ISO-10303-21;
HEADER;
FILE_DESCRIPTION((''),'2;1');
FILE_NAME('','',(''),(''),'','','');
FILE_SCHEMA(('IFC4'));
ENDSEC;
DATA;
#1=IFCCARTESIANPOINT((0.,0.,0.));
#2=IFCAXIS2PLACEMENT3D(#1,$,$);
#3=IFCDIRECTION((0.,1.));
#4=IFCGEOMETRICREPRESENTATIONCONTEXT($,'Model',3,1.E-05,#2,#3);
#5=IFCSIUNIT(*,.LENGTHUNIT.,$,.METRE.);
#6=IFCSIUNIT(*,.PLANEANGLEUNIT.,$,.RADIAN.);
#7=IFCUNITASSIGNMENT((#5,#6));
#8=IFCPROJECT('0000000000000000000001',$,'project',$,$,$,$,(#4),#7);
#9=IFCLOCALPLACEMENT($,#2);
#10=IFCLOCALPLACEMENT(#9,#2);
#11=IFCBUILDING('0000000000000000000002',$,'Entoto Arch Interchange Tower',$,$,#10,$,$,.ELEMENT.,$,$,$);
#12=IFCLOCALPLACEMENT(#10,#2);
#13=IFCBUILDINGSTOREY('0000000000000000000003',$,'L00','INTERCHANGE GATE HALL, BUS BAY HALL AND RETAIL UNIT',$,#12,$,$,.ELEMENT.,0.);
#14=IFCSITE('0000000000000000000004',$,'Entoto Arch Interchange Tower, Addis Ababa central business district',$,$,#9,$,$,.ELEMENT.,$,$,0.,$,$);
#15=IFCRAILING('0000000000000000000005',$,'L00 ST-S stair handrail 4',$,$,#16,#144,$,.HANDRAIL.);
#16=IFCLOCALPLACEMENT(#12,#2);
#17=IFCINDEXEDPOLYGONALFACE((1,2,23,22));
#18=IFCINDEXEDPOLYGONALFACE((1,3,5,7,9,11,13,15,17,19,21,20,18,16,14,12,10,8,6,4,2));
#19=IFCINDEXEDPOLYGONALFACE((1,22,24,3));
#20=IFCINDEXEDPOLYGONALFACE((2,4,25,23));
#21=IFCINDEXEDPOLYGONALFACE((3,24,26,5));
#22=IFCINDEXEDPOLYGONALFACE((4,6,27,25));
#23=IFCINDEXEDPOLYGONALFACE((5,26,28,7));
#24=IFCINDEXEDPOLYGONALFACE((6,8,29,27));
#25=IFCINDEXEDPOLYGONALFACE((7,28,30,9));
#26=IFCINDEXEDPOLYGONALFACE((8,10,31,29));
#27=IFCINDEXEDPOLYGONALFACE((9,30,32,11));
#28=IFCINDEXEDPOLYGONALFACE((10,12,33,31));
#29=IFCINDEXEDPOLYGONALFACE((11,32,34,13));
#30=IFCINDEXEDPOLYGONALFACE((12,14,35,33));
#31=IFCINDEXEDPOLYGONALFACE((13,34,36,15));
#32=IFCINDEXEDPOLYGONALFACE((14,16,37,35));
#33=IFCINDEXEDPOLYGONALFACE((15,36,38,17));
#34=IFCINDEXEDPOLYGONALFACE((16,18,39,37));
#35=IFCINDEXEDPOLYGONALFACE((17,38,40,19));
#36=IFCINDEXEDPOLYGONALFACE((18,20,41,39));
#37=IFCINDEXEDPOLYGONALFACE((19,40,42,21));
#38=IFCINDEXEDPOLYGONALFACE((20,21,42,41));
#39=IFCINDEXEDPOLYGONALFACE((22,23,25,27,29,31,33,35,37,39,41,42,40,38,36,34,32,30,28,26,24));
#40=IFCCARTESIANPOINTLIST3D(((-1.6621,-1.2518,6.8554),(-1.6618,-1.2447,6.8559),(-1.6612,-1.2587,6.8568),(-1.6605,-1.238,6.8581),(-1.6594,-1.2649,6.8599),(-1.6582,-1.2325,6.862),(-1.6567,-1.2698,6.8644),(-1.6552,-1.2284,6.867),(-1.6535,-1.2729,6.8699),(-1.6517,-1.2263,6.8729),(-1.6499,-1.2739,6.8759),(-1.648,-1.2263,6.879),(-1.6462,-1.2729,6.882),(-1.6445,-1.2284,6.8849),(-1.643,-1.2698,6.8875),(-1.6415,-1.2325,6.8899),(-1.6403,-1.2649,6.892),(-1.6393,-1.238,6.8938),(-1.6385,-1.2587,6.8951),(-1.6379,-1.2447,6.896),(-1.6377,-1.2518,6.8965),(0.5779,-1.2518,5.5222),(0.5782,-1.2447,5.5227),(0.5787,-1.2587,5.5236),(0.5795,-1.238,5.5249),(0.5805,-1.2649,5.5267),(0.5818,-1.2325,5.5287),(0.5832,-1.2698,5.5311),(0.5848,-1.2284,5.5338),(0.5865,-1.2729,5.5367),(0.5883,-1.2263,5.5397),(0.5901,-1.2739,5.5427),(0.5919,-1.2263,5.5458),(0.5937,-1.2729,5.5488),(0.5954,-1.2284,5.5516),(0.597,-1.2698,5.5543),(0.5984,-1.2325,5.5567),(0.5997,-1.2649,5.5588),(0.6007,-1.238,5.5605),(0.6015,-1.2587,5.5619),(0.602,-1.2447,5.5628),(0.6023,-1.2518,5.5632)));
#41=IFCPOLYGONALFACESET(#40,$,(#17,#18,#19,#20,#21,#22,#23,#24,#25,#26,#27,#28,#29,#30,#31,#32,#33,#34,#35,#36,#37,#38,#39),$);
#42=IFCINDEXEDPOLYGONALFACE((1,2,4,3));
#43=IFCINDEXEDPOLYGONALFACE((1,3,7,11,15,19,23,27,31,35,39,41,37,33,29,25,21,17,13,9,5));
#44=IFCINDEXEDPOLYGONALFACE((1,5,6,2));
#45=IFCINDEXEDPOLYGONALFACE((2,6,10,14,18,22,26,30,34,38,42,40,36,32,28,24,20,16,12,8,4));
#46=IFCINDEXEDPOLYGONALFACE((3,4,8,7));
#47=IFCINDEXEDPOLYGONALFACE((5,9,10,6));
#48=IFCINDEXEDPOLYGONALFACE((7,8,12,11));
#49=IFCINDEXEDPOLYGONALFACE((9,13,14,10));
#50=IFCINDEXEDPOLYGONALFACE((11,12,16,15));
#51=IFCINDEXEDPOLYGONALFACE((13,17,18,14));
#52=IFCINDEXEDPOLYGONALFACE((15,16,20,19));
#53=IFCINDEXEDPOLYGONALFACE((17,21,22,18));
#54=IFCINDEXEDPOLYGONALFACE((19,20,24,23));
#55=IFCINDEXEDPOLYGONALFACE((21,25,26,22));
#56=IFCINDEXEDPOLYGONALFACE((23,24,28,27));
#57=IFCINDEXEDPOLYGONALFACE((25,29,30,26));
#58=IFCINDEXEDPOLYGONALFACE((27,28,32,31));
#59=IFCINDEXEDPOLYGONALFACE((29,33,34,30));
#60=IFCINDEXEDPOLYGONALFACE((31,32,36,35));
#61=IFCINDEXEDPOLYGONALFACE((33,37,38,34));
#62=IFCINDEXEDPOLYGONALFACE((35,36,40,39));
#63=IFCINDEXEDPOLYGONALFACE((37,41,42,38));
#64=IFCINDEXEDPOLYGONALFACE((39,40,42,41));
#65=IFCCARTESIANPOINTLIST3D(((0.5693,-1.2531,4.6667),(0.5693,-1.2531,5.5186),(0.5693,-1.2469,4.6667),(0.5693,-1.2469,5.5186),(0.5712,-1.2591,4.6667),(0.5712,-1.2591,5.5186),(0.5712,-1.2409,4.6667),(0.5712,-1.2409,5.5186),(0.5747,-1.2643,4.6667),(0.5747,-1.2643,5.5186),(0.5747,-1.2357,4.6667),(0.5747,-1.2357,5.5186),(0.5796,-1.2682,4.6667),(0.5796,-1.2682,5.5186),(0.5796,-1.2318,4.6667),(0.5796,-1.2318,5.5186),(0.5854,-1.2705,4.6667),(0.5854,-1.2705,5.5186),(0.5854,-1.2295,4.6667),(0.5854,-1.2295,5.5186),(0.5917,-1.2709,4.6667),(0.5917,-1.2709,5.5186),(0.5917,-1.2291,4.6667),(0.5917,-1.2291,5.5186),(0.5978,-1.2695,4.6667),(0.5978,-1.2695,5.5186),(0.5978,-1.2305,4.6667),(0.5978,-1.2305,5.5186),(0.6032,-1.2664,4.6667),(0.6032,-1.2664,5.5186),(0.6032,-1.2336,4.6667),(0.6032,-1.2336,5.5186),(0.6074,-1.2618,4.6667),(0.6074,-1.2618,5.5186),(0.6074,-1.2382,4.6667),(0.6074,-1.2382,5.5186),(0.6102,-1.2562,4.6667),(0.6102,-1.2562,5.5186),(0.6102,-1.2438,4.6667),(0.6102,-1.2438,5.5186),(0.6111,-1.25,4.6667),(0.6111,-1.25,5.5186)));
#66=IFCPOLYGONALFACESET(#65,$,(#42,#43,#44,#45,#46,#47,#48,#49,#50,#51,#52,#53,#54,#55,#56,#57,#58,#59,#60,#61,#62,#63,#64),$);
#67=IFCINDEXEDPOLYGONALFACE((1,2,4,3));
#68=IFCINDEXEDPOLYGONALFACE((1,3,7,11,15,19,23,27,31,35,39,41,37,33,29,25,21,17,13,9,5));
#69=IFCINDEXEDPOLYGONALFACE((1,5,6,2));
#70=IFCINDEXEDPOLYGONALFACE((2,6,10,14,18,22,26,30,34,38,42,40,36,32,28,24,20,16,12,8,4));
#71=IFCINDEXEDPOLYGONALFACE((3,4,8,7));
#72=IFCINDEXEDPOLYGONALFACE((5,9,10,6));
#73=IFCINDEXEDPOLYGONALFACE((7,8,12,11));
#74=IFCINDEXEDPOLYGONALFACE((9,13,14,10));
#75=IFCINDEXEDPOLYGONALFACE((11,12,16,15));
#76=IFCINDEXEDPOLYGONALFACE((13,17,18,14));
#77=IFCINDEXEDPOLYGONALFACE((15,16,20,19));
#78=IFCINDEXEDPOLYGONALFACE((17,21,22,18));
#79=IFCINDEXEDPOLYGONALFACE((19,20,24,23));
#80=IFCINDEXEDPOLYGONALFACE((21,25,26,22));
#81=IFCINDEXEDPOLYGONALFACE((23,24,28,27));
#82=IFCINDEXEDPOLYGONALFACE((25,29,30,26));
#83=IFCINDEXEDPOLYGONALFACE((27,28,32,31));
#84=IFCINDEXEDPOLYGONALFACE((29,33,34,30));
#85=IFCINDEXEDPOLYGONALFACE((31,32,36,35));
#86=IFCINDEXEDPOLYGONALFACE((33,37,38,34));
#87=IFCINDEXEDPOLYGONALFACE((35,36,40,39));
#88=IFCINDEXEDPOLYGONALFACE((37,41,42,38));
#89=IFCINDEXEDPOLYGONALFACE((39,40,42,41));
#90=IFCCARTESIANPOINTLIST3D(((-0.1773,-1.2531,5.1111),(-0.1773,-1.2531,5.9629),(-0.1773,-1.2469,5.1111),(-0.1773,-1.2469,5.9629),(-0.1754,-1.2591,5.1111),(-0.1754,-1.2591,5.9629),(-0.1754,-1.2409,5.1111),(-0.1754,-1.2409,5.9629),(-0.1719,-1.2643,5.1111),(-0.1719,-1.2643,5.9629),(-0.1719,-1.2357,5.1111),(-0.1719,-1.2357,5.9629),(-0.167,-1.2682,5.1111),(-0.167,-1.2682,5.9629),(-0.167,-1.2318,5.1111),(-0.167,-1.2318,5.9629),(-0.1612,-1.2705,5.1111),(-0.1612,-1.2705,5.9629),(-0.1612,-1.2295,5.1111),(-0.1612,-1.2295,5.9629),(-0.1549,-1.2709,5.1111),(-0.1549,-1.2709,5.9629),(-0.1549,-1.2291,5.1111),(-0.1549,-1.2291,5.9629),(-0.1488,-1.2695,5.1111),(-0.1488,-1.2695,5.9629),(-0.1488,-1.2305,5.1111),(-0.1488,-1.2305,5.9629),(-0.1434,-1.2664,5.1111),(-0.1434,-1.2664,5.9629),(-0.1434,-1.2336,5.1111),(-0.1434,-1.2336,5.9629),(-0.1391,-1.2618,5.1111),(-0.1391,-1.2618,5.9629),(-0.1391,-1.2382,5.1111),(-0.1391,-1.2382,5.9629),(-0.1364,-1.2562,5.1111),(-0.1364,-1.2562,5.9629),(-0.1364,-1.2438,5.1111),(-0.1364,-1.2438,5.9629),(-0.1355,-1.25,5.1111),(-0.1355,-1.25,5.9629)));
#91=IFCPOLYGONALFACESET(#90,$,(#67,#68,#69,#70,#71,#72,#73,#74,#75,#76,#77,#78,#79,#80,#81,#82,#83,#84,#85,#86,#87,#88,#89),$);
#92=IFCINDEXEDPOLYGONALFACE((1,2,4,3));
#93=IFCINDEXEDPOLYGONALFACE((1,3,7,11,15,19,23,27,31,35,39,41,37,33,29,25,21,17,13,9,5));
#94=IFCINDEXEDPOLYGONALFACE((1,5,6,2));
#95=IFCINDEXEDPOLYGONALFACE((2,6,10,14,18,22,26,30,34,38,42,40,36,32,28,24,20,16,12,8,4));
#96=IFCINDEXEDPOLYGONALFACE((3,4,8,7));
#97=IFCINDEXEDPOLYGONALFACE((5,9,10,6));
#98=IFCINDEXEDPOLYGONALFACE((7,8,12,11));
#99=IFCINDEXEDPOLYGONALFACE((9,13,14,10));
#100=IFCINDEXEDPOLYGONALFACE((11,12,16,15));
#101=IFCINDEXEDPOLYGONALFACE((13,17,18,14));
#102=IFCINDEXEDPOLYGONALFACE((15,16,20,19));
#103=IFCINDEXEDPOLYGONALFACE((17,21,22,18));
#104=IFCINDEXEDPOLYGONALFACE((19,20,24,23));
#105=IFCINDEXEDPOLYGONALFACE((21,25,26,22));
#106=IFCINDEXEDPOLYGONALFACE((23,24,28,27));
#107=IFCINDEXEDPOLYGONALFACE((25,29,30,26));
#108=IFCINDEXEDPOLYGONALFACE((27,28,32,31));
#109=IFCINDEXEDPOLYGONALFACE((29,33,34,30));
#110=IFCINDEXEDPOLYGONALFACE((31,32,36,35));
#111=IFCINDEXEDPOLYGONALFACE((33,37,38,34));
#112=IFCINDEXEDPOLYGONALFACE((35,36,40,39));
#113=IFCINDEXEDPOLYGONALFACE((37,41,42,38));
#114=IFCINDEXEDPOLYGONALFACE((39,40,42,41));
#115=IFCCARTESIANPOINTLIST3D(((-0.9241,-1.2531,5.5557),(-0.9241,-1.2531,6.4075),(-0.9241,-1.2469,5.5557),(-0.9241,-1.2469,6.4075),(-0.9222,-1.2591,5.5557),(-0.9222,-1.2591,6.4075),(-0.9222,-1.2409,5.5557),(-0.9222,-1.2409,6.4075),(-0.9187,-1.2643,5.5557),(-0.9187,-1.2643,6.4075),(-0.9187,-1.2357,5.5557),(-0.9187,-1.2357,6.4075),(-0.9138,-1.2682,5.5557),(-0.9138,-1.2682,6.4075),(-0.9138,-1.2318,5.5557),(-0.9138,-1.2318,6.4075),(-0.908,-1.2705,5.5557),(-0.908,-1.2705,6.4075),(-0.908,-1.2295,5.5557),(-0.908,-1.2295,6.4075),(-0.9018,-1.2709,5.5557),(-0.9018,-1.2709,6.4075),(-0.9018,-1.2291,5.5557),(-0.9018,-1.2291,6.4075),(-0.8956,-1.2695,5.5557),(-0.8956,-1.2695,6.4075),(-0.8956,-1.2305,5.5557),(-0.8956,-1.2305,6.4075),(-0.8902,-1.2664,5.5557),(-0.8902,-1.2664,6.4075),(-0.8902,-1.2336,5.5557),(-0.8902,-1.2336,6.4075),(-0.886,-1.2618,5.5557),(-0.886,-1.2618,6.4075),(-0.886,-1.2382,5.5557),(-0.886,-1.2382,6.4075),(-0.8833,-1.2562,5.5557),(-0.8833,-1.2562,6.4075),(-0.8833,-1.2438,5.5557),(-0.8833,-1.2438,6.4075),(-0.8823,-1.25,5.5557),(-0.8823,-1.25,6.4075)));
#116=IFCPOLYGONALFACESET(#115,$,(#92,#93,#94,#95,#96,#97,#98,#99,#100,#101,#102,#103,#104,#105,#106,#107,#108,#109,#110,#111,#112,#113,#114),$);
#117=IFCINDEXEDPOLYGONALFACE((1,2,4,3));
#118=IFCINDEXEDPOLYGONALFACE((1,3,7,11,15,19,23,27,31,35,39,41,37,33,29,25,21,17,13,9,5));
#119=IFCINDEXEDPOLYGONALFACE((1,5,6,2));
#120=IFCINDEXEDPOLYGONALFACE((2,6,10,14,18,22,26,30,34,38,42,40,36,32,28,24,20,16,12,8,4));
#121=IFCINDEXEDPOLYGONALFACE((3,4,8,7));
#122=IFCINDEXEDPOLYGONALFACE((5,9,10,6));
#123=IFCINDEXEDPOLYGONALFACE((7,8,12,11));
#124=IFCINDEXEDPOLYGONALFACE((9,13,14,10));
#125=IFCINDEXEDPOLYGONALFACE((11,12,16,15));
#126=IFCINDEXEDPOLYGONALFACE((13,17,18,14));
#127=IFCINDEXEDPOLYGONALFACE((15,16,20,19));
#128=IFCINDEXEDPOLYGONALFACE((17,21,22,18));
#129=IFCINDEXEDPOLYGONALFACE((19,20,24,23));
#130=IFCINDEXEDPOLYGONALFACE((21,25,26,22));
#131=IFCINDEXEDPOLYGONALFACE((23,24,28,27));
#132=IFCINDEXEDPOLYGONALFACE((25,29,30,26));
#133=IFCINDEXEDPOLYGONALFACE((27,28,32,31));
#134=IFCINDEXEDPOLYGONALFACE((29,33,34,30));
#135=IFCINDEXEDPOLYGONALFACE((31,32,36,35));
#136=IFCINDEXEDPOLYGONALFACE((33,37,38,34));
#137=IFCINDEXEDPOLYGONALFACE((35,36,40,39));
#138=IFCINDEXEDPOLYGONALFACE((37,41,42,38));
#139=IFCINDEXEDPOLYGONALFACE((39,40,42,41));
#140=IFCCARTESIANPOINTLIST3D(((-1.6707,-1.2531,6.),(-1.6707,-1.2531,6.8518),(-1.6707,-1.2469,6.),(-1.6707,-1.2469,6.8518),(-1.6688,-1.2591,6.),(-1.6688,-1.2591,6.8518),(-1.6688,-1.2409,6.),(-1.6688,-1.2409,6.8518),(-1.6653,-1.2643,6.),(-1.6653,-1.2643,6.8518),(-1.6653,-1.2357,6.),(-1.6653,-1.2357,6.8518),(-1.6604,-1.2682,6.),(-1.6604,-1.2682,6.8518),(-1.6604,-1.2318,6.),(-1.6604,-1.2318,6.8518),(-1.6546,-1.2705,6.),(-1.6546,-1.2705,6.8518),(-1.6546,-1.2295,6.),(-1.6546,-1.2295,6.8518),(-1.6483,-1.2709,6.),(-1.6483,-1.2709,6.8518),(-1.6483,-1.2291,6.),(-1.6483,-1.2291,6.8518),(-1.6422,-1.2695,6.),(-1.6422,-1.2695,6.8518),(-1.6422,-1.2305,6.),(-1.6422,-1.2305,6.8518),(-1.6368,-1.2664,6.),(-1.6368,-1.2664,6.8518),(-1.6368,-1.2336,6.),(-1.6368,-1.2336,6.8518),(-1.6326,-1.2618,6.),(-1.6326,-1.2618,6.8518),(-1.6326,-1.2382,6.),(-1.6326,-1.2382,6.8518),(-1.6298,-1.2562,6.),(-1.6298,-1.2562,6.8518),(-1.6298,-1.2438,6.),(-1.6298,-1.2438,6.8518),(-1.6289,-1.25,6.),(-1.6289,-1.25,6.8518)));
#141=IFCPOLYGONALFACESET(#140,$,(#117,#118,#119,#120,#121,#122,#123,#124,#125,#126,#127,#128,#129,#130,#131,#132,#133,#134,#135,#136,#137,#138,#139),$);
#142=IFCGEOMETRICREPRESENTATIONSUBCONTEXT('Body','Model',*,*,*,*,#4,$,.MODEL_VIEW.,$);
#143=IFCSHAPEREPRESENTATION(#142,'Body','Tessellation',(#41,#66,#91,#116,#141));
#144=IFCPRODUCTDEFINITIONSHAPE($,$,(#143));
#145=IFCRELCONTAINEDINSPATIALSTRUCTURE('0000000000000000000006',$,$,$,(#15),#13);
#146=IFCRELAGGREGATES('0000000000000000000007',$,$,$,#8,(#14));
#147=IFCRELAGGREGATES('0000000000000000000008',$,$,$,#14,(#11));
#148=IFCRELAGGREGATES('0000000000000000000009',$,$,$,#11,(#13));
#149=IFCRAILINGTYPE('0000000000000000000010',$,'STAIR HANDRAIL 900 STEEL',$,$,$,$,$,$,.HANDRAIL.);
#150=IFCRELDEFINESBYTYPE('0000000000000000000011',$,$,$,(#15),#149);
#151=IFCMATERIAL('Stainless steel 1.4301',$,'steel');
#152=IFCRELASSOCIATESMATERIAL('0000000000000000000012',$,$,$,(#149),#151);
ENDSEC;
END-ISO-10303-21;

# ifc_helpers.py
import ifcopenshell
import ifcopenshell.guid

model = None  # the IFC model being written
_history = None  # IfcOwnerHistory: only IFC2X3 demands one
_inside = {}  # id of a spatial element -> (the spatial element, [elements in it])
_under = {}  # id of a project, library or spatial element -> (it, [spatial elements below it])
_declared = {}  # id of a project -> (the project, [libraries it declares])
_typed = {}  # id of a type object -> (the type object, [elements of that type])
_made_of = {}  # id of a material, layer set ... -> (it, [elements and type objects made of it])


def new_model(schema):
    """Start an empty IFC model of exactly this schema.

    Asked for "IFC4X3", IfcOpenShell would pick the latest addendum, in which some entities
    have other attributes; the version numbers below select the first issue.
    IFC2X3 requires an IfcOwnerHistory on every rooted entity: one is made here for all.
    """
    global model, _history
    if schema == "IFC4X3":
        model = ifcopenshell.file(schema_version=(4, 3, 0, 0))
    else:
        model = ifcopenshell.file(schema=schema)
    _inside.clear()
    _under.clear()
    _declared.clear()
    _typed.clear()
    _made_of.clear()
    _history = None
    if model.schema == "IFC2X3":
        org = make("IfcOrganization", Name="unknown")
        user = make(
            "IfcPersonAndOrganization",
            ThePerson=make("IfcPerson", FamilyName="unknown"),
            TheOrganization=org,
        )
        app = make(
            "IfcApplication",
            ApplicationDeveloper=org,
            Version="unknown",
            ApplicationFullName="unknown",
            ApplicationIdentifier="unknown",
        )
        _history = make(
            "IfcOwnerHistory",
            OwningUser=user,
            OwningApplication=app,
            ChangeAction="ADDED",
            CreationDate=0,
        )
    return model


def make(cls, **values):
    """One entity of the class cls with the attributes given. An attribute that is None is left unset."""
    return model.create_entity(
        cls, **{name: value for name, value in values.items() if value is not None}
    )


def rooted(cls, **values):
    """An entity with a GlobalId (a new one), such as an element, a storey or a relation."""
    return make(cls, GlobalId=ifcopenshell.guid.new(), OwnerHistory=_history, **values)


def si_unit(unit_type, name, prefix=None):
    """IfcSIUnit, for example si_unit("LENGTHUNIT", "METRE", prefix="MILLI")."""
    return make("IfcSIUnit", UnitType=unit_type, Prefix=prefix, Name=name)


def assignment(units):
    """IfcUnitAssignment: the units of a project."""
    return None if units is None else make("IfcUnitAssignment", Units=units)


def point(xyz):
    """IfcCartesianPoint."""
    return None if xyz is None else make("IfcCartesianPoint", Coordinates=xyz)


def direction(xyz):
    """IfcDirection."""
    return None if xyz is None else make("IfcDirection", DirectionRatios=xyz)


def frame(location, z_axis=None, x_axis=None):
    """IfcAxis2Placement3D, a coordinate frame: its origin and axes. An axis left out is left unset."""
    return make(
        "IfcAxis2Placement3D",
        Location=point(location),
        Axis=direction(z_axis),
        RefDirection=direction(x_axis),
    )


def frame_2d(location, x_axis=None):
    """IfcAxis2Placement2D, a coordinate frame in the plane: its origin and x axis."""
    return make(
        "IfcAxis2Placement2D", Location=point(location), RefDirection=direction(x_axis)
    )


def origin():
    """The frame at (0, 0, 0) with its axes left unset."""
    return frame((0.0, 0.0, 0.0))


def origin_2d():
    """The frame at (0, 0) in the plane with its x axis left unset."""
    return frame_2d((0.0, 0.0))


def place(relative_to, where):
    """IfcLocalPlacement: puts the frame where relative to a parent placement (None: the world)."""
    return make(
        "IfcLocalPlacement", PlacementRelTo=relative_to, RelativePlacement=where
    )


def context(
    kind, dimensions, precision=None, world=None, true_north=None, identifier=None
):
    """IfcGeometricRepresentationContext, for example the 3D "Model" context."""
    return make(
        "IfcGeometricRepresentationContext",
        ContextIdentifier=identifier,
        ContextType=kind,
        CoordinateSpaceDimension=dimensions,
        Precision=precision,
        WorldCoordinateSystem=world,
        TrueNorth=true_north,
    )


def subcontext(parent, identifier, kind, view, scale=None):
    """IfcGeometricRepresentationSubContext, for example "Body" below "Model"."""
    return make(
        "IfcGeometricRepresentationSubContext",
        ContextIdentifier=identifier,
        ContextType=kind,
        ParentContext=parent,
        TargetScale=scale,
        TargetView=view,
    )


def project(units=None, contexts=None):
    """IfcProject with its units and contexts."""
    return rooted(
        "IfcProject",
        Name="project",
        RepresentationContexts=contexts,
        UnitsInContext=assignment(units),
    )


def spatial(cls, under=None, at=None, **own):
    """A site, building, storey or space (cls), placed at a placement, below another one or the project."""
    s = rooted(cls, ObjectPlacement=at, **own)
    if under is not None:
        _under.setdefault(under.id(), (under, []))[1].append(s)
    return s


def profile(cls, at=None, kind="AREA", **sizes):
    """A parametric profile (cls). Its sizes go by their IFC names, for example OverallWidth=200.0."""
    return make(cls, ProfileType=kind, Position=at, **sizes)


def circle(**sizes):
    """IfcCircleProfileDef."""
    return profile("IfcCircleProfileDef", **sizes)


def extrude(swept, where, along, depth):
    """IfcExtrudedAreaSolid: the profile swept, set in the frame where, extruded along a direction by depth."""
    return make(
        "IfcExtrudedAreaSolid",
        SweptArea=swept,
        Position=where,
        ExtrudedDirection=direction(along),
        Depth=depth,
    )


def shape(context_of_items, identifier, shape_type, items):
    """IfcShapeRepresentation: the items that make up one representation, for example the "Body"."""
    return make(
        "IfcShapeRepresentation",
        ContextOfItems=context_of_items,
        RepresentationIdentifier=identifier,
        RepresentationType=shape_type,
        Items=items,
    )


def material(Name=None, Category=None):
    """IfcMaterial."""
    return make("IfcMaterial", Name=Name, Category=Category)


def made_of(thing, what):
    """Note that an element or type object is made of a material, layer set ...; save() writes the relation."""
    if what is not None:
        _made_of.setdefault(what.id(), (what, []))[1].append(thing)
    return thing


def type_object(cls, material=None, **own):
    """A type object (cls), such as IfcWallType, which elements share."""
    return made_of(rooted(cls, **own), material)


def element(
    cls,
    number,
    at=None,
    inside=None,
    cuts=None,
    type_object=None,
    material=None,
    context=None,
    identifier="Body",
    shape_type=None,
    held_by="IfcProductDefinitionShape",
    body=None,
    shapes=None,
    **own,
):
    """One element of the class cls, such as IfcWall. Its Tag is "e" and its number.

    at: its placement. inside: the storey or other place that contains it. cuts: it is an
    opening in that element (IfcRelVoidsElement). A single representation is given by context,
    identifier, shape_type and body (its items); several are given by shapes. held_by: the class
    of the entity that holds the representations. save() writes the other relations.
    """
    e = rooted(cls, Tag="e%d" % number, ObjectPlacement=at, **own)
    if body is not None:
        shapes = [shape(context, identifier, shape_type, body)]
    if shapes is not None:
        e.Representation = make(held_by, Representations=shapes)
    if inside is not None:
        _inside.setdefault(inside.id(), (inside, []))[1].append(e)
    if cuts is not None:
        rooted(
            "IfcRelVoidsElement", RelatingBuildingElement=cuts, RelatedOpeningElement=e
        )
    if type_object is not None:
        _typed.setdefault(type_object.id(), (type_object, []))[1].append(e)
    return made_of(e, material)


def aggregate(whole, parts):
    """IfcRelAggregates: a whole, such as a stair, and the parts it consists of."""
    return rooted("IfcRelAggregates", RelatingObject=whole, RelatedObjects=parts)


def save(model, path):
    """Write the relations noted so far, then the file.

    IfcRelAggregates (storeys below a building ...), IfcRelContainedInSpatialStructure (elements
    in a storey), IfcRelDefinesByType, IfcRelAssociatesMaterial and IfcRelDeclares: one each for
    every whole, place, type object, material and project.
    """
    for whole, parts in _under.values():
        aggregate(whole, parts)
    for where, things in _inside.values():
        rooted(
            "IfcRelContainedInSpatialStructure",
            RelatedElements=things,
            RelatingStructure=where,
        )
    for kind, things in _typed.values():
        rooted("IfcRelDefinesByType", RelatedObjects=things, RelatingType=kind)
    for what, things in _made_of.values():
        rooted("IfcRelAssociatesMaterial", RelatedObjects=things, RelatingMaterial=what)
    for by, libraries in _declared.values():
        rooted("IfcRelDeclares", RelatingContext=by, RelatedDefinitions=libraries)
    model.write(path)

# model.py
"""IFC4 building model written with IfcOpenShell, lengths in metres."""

from ifc_helpers import new_model, si_unit, direction, frame, origin, origin_2d, place, context, subcontext, project, spatial, circle, extrude, material, type_object, element, save


model = new_model("IFC4")

# Units and contexts
model_context = context("Model", 3, precision=1e-05, world=origin(), true_north=direction((0.0, 1.0)))
body_context = subcontext(model_context, "Body", "Model", "MODEL_VIEW")
ifc_project = project(units=[si_unit("LENGTHUNIT", "METRE"), si_unit("PLANEANGLEUNIT", "RADIAN")], contexts=[model_context])

# Site, building, storey
site_placement = place(None, origin())
site = spatial("IfcSite", under=ifc_project, at=site_placement, Name="Entoto Arch Interchange Tower, Addis Ababa central business district", CompositionType="ELEMENT", RefElevation=0.0)
building_placement = place(site_placement, origin())
building = spatial("IfcBuilding", under=site, at=building_placement, Name="Entoto Arch Interchange Tower", CompositionType="ELEMENT")
storey_placement = place(building_placement, origin())
storey = spatial("IfcBuildingStorey", under=building, at=storey_placement, Name="L00", Description="INTERCHANGE GATE HALL, BUS BAY HALL AND RETAIL UNIT", CompositionType="ELEMENT", Elevation=0.0)

# Railing
ifc_material_1 = material(Name="Stainless steel 1.4301", Category="steel")
railing_type_1 = type_object("IfcRailingType", Name="STAIR HANDRAIL 900 STEEL", PredefinedType="HANDRAIL", material=ifc_material_1)
for number, where, name in (
    (1, (0.5901, -1.25, 4.6667), "L00 ST-S stair handrail 4"),
):
    element("IfcRailing", number, at=place(storey_placement, frame(where)), inside=storey, type_object=railing_type_1, Name=name, PredefinedType="HANDRAIL", context=body_context, shape_type="SweptSolid", body=[
        extrude(circle(Radius=0.0239, at=origin_2d()), frame((0.0, 0.0, 0.876), z_axis=(-0.859306, 0.0, 0.511462), x_axis=(0.0, -1.0, 0.0)), (0.0, 0.0, 1.0), 2.6067),
        extrude(circle(Radius=0.021, at=origin_2d()), origin(), (0.0, 0.0, 1.0), 0.8518),
        extrude(circle(Radius=0.021, at=origin_2d()), frame((-0.7466, 0.0, 0.4443)), (0.0, 0.0, 1.0), 0.8518),
        extrude(circle(Radius=0.021, at=origin_2d()), frame((-1.4934, 0.0, 0.8889)), (0.0, 0.0, 1.0), 0.8518),
        extrude(circle(Radius=0.021, at=origin_2d()), frame((-2.24, 0.0, 1.3333)), (0.0, 0.0, 1.0), 0.8518),
    ])

save(model, "model.ifc")
